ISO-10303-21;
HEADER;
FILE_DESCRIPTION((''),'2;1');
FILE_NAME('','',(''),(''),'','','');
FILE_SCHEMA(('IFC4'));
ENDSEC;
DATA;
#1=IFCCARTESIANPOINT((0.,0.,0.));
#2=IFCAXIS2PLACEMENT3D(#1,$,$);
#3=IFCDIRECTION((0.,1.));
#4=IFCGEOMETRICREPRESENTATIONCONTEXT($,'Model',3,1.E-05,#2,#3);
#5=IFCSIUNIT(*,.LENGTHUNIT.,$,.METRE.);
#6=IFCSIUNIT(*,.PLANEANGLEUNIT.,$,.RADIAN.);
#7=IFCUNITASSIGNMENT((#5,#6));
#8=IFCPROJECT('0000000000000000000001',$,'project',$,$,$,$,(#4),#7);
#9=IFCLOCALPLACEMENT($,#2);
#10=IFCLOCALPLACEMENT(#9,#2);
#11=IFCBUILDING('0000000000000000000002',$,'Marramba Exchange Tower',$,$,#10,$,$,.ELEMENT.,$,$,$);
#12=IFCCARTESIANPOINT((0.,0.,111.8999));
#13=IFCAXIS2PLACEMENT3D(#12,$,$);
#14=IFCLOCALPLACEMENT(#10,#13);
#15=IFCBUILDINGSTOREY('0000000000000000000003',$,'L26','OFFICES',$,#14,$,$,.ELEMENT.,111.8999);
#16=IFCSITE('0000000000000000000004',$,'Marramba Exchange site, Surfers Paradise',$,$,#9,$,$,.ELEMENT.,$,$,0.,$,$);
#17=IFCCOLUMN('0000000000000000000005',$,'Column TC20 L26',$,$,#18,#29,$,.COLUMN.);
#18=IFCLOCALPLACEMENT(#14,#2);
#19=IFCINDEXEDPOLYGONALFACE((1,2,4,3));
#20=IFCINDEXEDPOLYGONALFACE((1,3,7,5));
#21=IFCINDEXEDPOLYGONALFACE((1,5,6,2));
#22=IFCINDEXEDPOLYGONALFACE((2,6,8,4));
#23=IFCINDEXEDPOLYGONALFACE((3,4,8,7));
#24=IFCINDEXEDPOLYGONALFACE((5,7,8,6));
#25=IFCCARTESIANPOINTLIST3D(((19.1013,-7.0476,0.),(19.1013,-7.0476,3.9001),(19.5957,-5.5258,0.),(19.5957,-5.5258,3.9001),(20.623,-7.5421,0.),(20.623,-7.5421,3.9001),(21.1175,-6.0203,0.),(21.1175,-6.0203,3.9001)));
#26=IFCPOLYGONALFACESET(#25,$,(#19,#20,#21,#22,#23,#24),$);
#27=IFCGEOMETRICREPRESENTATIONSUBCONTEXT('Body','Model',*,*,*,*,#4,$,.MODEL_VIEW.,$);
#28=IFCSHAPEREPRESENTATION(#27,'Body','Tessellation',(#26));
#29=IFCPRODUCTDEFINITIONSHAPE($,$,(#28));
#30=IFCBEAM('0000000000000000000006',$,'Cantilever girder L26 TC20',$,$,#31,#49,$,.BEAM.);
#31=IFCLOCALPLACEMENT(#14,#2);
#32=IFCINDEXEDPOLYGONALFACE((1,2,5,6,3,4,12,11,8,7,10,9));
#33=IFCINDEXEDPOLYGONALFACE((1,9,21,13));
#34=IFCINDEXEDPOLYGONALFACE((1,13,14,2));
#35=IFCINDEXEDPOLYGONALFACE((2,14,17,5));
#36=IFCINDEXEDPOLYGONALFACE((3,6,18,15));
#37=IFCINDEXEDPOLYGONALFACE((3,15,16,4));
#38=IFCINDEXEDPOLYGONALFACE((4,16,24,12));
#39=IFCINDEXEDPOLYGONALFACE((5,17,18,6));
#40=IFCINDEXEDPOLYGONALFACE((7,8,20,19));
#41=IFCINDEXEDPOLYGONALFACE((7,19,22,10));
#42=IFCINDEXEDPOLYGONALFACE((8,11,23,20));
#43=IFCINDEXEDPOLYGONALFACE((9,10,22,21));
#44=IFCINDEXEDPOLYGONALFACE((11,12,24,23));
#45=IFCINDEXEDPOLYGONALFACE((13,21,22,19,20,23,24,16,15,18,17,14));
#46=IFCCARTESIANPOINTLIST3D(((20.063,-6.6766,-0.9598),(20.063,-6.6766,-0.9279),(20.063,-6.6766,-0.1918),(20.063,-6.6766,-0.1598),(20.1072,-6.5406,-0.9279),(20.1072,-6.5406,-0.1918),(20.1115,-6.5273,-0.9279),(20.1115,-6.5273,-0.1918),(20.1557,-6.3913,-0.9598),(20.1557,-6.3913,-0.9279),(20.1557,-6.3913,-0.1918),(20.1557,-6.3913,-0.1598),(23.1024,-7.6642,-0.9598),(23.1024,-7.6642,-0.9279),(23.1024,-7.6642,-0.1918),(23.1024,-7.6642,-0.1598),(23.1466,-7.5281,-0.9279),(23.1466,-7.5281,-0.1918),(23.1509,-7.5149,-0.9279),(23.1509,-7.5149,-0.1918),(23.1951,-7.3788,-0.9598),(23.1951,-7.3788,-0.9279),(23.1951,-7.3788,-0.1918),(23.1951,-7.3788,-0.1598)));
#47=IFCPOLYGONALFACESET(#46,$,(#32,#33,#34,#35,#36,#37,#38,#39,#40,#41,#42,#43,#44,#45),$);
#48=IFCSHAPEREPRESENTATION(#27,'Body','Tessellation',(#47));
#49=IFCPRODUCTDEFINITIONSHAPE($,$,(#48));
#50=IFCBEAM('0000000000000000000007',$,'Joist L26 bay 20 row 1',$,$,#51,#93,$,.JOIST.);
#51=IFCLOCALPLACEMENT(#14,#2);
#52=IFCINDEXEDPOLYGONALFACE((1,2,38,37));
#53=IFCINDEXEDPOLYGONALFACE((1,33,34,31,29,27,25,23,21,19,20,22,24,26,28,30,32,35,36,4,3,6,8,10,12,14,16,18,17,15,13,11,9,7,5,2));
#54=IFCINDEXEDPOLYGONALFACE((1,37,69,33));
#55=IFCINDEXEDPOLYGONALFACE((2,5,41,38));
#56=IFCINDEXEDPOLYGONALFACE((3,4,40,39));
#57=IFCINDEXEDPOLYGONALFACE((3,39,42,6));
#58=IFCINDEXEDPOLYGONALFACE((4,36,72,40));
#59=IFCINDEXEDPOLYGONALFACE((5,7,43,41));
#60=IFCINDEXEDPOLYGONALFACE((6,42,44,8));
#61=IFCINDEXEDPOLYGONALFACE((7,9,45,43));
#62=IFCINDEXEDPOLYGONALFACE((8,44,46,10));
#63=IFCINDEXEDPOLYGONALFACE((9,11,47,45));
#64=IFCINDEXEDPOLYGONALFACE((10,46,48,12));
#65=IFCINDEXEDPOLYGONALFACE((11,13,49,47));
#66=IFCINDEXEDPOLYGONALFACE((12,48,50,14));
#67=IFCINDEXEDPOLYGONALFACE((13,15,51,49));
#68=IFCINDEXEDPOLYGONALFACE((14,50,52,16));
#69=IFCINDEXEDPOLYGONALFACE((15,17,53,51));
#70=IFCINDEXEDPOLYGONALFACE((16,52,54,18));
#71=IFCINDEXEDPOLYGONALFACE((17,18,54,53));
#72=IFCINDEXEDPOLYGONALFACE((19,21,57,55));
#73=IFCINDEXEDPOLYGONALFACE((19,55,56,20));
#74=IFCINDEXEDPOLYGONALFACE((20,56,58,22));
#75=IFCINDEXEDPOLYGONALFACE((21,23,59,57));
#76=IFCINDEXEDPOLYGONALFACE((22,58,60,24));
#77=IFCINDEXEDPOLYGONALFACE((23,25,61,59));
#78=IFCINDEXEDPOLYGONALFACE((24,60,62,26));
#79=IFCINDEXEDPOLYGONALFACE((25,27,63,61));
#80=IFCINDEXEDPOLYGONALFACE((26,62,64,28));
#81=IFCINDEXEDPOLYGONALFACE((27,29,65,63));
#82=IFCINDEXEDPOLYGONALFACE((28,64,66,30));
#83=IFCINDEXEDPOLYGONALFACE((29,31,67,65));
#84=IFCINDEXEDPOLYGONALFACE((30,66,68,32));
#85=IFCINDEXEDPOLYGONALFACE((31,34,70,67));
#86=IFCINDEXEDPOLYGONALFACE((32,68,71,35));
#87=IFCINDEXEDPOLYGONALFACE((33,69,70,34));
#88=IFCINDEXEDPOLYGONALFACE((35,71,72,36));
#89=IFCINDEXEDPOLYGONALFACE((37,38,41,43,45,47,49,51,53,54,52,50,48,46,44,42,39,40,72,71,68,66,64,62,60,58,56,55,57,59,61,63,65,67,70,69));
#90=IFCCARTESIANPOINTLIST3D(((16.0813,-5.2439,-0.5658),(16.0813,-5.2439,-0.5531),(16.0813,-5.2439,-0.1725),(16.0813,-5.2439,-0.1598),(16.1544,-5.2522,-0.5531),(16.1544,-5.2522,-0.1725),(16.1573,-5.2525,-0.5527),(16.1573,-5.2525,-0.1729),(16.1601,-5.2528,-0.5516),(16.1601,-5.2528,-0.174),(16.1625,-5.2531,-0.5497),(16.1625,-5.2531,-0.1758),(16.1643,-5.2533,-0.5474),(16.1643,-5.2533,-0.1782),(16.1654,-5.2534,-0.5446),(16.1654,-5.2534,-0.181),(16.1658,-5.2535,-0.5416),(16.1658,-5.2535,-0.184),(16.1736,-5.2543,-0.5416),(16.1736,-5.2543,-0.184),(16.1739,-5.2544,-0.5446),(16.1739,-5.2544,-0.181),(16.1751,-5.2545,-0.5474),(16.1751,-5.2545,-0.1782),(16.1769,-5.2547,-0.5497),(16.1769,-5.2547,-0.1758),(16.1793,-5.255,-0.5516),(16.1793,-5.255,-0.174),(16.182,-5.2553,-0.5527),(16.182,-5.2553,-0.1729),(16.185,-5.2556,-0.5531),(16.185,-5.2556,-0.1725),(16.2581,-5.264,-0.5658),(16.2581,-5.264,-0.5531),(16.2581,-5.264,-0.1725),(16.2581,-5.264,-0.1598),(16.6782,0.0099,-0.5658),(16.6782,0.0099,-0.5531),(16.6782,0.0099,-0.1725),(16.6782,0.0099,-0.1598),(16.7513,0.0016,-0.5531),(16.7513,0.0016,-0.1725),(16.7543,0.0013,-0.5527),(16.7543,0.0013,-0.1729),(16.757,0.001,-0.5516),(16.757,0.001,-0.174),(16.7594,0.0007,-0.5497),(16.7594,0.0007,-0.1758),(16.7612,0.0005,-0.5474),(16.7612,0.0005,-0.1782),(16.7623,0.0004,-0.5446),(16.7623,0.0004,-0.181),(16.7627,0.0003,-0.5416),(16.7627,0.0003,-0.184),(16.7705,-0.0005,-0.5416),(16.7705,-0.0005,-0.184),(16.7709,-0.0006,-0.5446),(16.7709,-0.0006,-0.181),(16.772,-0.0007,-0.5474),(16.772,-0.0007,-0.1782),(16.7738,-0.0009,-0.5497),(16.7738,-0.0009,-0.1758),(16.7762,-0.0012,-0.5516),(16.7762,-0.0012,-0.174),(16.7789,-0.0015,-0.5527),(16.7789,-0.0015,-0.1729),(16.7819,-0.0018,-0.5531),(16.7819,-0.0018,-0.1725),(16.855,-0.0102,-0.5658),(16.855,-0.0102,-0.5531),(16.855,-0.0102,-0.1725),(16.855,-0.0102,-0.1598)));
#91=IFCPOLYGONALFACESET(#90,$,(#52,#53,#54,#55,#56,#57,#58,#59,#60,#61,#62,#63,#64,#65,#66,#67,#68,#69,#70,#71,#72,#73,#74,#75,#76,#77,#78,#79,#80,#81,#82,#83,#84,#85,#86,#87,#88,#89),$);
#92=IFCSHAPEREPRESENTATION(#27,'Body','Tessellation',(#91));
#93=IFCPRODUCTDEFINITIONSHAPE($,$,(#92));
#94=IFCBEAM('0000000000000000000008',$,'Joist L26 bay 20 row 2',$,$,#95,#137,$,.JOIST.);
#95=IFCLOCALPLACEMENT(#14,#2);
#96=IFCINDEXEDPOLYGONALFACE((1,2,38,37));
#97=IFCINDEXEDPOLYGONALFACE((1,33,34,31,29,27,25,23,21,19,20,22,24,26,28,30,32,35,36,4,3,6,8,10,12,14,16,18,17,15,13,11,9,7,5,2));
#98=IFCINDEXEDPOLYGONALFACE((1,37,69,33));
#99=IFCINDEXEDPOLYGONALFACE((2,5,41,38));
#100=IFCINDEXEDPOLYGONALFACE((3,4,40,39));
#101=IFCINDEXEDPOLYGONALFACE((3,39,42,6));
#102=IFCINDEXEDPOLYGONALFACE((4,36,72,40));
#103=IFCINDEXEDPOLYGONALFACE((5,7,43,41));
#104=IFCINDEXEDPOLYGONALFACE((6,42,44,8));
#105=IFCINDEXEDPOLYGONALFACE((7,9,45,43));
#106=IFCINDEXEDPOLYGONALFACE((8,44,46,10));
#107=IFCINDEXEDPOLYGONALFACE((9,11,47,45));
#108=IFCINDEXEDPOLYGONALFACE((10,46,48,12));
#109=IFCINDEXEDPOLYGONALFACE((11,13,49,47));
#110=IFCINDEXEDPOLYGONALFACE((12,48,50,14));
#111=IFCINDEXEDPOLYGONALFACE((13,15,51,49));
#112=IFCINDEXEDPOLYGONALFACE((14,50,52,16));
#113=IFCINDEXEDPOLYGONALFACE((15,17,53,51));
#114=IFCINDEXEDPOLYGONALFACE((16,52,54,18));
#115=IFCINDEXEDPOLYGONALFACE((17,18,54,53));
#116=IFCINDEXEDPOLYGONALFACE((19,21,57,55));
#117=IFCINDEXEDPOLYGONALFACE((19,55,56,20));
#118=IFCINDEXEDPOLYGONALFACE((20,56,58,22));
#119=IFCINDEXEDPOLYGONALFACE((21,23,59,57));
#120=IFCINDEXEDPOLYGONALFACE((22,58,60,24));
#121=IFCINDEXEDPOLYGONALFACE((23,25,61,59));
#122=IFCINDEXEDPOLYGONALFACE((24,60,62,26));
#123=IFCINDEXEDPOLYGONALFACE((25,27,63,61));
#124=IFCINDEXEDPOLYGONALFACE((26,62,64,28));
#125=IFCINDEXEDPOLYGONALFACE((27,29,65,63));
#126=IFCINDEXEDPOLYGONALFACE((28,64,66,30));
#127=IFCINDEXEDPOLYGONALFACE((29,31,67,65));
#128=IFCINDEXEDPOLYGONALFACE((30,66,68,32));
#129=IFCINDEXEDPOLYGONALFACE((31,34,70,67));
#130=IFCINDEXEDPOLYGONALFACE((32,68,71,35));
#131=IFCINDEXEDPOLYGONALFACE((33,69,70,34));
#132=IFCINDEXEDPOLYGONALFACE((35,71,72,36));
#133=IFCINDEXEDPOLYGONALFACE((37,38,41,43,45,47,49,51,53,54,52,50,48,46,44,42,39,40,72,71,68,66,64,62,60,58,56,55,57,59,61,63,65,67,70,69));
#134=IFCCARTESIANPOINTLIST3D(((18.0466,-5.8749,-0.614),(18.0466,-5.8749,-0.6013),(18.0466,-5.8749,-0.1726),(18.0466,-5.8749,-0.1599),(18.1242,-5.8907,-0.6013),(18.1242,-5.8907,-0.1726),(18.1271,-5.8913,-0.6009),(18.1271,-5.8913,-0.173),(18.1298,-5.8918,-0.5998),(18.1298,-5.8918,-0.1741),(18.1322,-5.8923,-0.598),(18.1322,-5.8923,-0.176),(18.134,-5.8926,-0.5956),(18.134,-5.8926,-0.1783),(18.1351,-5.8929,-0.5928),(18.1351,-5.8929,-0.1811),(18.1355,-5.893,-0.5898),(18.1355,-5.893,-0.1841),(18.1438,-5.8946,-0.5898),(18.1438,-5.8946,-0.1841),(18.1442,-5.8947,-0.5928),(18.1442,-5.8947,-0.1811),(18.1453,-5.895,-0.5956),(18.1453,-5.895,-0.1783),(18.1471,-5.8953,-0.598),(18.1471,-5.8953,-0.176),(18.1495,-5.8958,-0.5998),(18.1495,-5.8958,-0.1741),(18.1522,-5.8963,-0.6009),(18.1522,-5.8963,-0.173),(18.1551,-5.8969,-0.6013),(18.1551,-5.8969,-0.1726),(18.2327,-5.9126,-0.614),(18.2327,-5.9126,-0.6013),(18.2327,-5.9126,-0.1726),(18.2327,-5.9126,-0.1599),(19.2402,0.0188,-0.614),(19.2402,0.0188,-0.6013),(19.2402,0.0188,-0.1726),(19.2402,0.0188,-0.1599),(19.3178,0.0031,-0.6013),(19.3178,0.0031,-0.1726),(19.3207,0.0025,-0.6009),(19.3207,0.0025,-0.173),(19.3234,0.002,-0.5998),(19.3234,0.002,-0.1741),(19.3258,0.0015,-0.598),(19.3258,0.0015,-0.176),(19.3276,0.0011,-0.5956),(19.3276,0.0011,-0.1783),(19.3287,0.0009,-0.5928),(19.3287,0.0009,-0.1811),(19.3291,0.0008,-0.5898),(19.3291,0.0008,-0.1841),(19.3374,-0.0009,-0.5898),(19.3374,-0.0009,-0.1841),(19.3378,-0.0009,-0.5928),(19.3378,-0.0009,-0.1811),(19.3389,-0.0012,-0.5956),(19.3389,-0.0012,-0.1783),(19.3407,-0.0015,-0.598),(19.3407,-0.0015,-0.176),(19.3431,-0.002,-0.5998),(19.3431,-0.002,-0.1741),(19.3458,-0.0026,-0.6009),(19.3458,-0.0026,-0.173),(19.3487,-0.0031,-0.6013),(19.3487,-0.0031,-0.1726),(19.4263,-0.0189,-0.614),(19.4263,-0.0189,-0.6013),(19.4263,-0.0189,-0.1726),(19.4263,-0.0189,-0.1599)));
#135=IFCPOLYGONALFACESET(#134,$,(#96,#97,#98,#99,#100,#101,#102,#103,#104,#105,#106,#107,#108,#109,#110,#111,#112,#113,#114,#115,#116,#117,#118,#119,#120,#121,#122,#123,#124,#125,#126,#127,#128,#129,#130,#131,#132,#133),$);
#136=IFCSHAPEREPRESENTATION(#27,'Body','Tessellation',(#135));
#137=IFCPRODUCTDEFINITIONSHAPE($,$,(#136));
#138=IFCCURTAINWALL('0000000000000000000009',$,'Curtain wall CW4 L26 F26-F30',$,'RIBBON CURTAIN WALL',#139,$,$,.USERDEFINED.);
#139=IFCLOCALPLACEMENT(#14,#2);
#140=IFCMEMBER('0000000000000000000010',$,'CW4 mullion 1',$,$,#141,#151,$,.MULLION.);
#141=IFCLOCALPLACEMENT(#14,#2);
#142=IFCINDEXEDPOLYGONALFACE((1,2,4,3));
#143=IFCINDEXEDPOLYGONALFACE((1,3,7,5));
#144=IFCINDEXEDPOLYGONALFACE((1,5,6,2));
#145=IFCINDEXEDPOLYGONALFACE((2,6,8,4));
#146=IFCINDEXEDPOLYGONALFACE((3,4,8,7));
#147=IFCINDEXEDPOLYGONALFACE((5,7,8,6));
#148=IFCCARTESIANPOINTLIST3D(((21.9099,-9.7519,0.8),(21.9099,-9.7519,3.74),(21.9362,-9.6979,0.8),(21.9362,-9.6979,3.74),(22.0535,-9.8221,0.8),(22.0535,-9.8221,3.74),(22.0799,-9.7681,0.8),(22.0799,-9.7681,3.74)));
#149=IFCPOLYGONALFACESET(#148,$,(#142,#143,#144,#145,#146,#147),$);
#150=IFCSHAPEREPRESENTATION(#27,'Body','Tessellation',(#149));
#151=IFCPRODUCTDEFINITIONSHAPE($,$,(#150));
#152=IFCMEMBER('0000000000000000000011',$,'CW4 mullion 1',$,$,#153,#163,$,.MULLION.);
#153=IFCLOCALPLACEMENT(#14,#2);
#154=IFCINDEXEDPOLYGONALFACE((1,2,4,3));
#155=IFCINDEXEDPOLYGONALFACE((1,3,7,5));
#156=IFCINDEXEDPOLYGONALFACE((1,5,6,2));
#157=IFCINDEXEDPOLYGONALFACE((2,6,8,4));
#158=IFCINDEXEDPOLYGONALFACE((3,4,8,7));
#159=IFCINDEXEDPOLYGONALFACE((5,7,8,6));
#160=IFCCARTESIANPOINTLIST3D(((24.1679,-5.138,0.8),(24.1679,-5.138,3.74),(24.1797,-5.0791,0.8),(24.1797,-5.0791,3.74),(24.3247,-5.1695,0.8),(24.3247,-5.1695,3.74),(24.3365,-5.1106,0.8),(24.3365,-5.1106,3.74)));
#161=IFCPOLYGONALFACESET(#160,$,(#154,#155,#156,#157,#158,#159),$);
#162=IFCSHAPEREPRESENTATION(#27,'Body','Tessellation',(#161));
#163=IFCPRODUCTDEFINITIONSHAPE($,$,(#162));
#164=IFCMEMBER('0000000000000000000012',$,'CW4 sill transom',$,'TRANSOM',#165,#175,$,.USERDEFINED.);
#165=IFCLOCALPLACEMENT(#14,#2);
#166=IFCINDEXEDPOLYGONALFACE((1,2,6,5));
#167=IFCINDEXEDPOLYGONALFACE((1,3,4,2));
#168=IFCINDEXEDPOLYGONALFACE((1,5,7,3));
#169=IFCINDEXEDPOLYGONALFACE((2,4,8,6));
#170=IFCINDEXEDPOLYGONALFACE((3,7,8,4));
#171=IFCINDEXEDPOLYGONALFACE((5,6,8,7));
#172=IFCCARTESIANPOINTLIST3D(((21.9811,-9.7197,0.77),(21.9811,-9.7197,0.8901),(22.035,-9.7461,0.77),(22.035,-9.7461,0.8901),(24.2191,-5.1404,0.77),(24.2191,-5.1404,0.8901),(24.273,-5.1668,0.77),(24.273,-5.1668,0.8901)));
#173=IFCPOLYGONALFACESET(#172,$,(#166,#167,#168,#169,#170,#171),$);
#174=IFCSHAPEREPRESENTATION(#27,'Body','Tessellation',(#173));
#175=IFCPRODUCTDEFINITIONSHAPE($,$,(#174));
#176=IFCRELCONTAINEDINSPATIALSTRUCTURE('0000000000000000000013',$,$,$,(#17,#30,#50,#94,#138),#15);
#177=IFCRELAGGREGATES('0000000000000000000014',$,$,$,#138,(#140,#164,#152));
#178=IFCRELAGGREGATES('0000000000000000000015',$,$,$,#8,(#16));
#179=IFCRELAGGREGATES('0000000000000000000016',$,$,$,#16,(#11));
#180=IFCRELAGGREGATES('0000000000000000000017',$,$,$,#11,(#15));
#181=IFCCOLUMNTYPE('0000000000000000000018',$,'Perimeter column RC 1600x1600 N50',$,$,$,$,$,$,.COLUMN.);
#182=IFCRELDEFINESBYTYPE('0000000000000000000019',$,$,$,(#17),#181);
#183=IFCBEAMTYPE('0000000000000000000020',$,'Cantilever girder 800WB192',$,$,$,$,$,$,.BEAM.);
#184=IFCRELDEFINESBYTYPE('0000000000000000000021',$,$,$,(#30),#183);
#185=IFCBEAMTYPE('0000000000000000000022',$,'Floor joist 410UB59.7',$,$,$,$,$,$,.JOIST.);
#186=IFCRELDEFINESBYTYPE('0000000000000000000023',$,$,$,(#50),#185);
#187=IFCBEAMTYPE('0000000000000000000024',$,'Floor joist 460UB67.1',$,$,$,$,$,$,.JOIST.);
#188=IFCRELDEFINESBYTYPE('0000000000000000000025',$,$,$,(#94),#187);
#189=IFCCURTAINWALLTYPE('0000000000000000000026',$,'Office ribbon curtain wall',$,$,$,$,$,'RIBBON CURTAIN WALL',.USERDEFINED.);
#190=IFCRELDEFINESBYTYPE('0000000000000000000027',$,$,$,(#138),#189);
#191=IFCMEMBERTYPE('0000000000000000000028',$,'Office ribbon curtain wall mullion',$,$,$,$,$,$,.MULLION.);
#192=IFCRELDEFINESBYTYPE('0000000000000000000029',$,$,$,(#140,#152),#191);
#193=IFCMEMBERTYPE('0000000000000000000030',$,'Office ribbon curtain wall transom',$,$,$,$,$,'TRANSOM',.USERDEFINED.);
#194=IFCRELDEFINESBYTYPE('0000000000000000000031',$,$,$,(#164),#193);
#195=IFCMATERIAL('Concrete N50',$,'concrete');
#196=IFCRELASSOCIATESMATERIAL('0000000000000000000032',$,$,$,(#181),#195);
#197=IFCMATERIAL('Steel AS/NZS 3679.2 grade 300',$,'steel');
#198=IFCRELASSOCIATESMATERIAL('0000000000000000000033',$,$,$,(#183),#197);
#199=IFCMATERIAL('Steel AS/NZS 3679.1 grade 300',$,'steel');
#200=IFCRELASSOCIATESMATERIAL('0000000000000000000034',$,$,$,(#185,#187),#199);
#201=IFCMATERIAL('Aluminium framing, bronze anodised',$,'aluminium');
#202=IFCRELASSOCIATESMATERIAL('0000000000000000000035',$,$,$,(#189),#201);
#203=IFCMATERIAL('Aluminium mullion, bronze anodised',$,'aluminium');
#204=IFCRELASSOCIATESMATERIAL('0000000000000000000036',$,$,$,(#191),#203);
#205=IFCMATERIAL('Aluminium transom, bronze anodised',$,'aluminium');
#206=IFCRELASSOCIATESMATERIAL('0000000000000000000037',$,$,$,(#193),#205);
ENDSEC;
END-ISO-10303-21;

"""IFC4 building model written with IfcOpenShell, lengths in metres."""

from ifc_helpers import new_model, si_unit, direction, frame, origin, origin_2d, place, context, subcontext, project, spatial, rectangle, i_section, extrude, material, material_profile, profile_set, type_object, element, aggregate, save


model = new_model("IFC4")

# Units and contexts
model_context = context("Model", 3, precision=1e-05, world=origin(), true_north=direction((0.0, 1.0)))
body_context = subcontext(model_context, "Body", "Model", "MODEL_VIEW")
ifc_project = project(units=[si_unit("LENGTHUNIT", "METRE"), si_unit("PLANEANGLEUNIT", "RADIAN")], contexts=[model_context])

# Site, building, storey
site_placement = place(None, origin())
site = spatial("IfcSite", under=ifc_project, at=site_placement, Name="Marramba Exchange site, Surfers Paradise", CompositionType="ELEMENT", RefElevation=0.0)
building_placement = place(site_placement, origin())
building = spatial("IfcBuilding", under=site, at=building_placement, Name="Marramba Exchange Tower", CompositionType="ELEMENT")
storey_placement = place(building_placement, frame((0.0, 0.0, 111.8999)))
storey = spatial("IfcBuildingStorey", under=building, at=storey_placement, Name="L26", Description="OFFICES", CompositionType="ELEMENT", Elevation=111.8999)

# Column
ifc_material_1 = material(Name="Concrete N50", Category="concrete")
ifc_material_profile_1 = material_profile(ifc_material_1, rectangle(XDim=1.6001, YDim=1.6001, at=origin_2d()), Name="RC 1600x1600")
ifc_profile_set_1 = profile_set([ifc_material_profile_1], Name="Concrete N50")
column_type = type_object("IfcColumnType", Name="Perimeter column RC 1600x1600 N50", PredefinedType="COLUMN", material=ifc_profile_set_1)
column_placement = place(storey_placement, frame((20.1094, -6.5339, 0.0), z_axis=(0.0, 0.0, 1.0), x_axis=(0.951057, -0.309017, 0.0)))
element("IfcColumn", 1, at=column_placement, inside=storey, type_object=column_type, Name="Column TC20 L26", PredefinedType="COLUMN", context=body_context, shape_type="SweptSolid", body=[
    extrude(rectangle(XDim=1.6001, YDim=1.6001, at=origin_2d()), origin(), (0.0, 0.0, 1.0), 3.9001),
])

# Beams
ifc_material_2 = material(Name="Steel AS/NZS 3679.2 grade 300", Category="steel")
ifc_material_profile_2 = material_profile(ifc_material_2, i_section(OverallWidth=0.3, OverallDepth=0.8, WebThickness=0.0139, FlangeThickness=0.032, at=origin_2d()), Name="800WB192")
ifc_profile_set_2 = profile_set([ifc_material_profile_2], Name="Steel AS/NZS 3679.2 grade 300")
beam_type_1 = type_object("IfcBeamType", Name="Cantilever girder 800WB192", PredefinedType="BEAM", material=ifc_profile_set_2)
beam_1_placement = place(storey_placement, frame((20.1094, -6.5339, -0.5598), z_axis=(0.951055, -0.309022, 0.0), x_axis=(0.309022, 0.951055, 0.0)))
element("IfcBeam", 2, at=beam_1_placement, inside=storey, type_object=beam_type_1, Name="Cantilever girder L26 TC20", PredefinedType="BEAM", context=body_context, shape_type="SweptSolid", body=[
    extrude(i_section(OverallWidth=0.3, OverallDepth=0.8, WebThickness=0.0139, FlangeThickness=0.032, at=origin_2d()), origin(), (0.0, 0.0, 1.0), 3.1958),
])
ifc_material_3 = material(Name="Steel AS/NZS 3679.1 grade 300", Category="steel")
ifc_material_profile_3 = material_profile(ifc_material_3, i_section(OverallWidth=0.178, OverallDepth=0.406, WebThickness=0.0078, FlangeThickness=0.0127, FilletRadius=0.0115, at=origin_2d()), Name="410UB59.7")
ifc_profile_set_3 = profile_set([ifc_material_profile_3], Name="Steel AS/NZS 3679.1 grade 300")
beam_type_2 = type_object("IfcBeamType", Name="Floor joist 410UB59.7", PredefinedType="JOIST", material=ifc_profile_set_3)
beam_2_placement = place(storey_placement, frame((16.1697, -5.2539, -0.3628), z_axis=(0.112889, 0.993608, 0.0), x_axis=(-0.993608, 0.112889, 0.0)))
element("IfcBeam", 3, at=beam_2_placement, inside=storey, type_object=beam_type_2, Name="Joist L26 bay 20 row 1", PredefinedType="JOIST", context=body_context, shape_type="SweptSolid", body=[
    extrude(i_section(OverallWidth=0.178, OverallDepth=0.406, WebThickness=0.0078, FlangeThickness=0.0127, FilletRadius=0.0115, at=origin_2d()), origin(), (0.0, 0.0, 1.0), 5.2876),
])
ifc_material_profile_4 = material_profile(ifc_material_3, i_section(OverallWidth=0.1899, OverallDepth=0.4541, WebThickness=0.0085, FlangeThickness=0.0127, FilletRadius=0.0115, at=origin_2d()), Name="460UB67.1")
ifc_profile_set_4 = profile_set([ifc_material_profile_4], Name="Steel AS/NZS 3679.1 grade 300")
beam_type_3 = type_object("IfcBeamType", Name="Floor joist 460UB67.1", PredefinedType="JOIST", material=ifc_profile_set_4)
beam_3_placement = place(storey_placement, frame((18.1396, -5.8938, -0.387), z_axis=(0.198489, 0.980103, 0.0), x_axis=(-0.980103, 0.198489, 0.0)))
element("IfcBeam", 4, at=beam_3_placement, inside=storey, type_object=beam_type_3, Name="Joist L26 bay 20 row 2", PredefinedType="JOIST", context=body_context, shape_type="SweptSolid", body=[
    extrude(i_section(OverallWidth=0.1899, OverallDepth=0.4541, WebThickness=0.0085, FlangeThickness=0.0127, FilletRadius=0.0115, at=origin_2d()), origin(), (0.0, 0.0, 1.0), 6.0134),
])

# Curtain wall, members
ifc_material_4 = material(Name="Aluminium framing, bronze anodised", Category="aluminium")
curtain_wall_type = type_object("IfcCurtainWallType", Name="Office ribbon curtain wall", ElementType="RIBBON CURTAIN WALL", PredefinedType="USERDEFINED", material=ifc_material_4)
curtain_wall_placement = place(storey_placement, origin())
curtain_wall = element("IfcCurtainWall", 5, at=curtain_wall_placement, inside=storey, type_object=curtain_wall_type, Name="Curtain wall CW4 L26 F26-F30", ObjectType="RIBBON CURTAIN WALL", PredefinedType="USERDEFINED")
ifc_material_5 = material(Name="Aluminium mullion, bronze anodised", Category="aluminium")
ifc_material_profile_5 = material_profile(ifc_material_5, rectangle(XDim=0.1599, YDim=0.0601, at=origin_2d()), Name="CW4 mullion 60x160")
ifc_profile_set_5 = profile_set([ifc_material_profile_5], Name="Aluminium mullion, bronze anodised")
member_type_1 = type_object("IfcMemberType", Name="Office ribbon curtain wall mullion", PredefinedType="MULLION", material=ifc_profile_set_5)
member_1_placement = place(storey_placement, frame((21.9949, -9.76, 0.8), z_axis=(0.0, 0.0, 1.0), x_axis=(-0.898445, 0.439086, 0.0)))
member_1 = element("IfcMember", 6, at=member_1_placement, type_object=member_type_1, Name="CW4 mullion 1", PredefinedType="MULLION", context=body_context, shape_type="SweptSolid", body=[
    extrude(rectangle(XDim=0.1599, YDim=0.0601, at=origin_2d()), origin(), (0.0, 0.0, 1.0), 2.9399),
])
member_2_placement = place(storey_placement, frame((24.2522, -5.1243, 0.8), z_axis=(0.0, 0.0, 1.0), x_axis=(-0.980394, 0.197049, 0.0)))
member_2 = element("IfcMember", 7, at=member_2_placement, type_object=member_type_1, Name="CW4 mullion 1", PredefinedType="MULLION", context=body_context, shape_type="SweptSolid", body=[
    extrude(rectangle(XDim=0.1599, YDim=0.0601, at=origin_2d()), origin(), (0.0, 0.0, 1.0), 2.9399),
])
ifc_material_6 = material(Name="Aluminium transom, bronze anodised", Category="aluminium")
ifc_material_profile_6 = material_profile(ifc_material_6, rectangle(XDim=0.0601, YDim=0.1201, at=origin_2d()), Name="CW4 transom 60x120")
ifc_profile_set_6 = profile_set([ifc_material_profile_6], Name="Aluminium transom, bronze anodised")
member_type_2 = type_object("IfcMemberType", Name="Office ribbon curtain wall transom", ElementType="TRANSOM", PredefinedType="USERDEFINED", material=ifc_profile_set_6)
member_3_placement = place(storey_placement, frame((22.0081, -9.7329, 0.8301), z_axis=(0.439091, 0.898443, 0.0), x_axis=(-0.898443, 0.439091, 0.0)))
member_3 = element("IfcMember", 8, at=member_3_placement, type_object=member_type_2, Name="CW4 sill transom", ObjectType="TRANSOM", PredefinedType="USERDEFINED", context=body_context, shape_type="SweptSolid", body=[
    extrude(rectangle(XDim=0.0601, YDim=0.1201, at=origin_2d()), origin(), (0.0, 0.0, 1.0), 5.0969),
])

aggregate(curtain_wall, [member_1, member_3, member_2])

save(model, "model.ifc")
